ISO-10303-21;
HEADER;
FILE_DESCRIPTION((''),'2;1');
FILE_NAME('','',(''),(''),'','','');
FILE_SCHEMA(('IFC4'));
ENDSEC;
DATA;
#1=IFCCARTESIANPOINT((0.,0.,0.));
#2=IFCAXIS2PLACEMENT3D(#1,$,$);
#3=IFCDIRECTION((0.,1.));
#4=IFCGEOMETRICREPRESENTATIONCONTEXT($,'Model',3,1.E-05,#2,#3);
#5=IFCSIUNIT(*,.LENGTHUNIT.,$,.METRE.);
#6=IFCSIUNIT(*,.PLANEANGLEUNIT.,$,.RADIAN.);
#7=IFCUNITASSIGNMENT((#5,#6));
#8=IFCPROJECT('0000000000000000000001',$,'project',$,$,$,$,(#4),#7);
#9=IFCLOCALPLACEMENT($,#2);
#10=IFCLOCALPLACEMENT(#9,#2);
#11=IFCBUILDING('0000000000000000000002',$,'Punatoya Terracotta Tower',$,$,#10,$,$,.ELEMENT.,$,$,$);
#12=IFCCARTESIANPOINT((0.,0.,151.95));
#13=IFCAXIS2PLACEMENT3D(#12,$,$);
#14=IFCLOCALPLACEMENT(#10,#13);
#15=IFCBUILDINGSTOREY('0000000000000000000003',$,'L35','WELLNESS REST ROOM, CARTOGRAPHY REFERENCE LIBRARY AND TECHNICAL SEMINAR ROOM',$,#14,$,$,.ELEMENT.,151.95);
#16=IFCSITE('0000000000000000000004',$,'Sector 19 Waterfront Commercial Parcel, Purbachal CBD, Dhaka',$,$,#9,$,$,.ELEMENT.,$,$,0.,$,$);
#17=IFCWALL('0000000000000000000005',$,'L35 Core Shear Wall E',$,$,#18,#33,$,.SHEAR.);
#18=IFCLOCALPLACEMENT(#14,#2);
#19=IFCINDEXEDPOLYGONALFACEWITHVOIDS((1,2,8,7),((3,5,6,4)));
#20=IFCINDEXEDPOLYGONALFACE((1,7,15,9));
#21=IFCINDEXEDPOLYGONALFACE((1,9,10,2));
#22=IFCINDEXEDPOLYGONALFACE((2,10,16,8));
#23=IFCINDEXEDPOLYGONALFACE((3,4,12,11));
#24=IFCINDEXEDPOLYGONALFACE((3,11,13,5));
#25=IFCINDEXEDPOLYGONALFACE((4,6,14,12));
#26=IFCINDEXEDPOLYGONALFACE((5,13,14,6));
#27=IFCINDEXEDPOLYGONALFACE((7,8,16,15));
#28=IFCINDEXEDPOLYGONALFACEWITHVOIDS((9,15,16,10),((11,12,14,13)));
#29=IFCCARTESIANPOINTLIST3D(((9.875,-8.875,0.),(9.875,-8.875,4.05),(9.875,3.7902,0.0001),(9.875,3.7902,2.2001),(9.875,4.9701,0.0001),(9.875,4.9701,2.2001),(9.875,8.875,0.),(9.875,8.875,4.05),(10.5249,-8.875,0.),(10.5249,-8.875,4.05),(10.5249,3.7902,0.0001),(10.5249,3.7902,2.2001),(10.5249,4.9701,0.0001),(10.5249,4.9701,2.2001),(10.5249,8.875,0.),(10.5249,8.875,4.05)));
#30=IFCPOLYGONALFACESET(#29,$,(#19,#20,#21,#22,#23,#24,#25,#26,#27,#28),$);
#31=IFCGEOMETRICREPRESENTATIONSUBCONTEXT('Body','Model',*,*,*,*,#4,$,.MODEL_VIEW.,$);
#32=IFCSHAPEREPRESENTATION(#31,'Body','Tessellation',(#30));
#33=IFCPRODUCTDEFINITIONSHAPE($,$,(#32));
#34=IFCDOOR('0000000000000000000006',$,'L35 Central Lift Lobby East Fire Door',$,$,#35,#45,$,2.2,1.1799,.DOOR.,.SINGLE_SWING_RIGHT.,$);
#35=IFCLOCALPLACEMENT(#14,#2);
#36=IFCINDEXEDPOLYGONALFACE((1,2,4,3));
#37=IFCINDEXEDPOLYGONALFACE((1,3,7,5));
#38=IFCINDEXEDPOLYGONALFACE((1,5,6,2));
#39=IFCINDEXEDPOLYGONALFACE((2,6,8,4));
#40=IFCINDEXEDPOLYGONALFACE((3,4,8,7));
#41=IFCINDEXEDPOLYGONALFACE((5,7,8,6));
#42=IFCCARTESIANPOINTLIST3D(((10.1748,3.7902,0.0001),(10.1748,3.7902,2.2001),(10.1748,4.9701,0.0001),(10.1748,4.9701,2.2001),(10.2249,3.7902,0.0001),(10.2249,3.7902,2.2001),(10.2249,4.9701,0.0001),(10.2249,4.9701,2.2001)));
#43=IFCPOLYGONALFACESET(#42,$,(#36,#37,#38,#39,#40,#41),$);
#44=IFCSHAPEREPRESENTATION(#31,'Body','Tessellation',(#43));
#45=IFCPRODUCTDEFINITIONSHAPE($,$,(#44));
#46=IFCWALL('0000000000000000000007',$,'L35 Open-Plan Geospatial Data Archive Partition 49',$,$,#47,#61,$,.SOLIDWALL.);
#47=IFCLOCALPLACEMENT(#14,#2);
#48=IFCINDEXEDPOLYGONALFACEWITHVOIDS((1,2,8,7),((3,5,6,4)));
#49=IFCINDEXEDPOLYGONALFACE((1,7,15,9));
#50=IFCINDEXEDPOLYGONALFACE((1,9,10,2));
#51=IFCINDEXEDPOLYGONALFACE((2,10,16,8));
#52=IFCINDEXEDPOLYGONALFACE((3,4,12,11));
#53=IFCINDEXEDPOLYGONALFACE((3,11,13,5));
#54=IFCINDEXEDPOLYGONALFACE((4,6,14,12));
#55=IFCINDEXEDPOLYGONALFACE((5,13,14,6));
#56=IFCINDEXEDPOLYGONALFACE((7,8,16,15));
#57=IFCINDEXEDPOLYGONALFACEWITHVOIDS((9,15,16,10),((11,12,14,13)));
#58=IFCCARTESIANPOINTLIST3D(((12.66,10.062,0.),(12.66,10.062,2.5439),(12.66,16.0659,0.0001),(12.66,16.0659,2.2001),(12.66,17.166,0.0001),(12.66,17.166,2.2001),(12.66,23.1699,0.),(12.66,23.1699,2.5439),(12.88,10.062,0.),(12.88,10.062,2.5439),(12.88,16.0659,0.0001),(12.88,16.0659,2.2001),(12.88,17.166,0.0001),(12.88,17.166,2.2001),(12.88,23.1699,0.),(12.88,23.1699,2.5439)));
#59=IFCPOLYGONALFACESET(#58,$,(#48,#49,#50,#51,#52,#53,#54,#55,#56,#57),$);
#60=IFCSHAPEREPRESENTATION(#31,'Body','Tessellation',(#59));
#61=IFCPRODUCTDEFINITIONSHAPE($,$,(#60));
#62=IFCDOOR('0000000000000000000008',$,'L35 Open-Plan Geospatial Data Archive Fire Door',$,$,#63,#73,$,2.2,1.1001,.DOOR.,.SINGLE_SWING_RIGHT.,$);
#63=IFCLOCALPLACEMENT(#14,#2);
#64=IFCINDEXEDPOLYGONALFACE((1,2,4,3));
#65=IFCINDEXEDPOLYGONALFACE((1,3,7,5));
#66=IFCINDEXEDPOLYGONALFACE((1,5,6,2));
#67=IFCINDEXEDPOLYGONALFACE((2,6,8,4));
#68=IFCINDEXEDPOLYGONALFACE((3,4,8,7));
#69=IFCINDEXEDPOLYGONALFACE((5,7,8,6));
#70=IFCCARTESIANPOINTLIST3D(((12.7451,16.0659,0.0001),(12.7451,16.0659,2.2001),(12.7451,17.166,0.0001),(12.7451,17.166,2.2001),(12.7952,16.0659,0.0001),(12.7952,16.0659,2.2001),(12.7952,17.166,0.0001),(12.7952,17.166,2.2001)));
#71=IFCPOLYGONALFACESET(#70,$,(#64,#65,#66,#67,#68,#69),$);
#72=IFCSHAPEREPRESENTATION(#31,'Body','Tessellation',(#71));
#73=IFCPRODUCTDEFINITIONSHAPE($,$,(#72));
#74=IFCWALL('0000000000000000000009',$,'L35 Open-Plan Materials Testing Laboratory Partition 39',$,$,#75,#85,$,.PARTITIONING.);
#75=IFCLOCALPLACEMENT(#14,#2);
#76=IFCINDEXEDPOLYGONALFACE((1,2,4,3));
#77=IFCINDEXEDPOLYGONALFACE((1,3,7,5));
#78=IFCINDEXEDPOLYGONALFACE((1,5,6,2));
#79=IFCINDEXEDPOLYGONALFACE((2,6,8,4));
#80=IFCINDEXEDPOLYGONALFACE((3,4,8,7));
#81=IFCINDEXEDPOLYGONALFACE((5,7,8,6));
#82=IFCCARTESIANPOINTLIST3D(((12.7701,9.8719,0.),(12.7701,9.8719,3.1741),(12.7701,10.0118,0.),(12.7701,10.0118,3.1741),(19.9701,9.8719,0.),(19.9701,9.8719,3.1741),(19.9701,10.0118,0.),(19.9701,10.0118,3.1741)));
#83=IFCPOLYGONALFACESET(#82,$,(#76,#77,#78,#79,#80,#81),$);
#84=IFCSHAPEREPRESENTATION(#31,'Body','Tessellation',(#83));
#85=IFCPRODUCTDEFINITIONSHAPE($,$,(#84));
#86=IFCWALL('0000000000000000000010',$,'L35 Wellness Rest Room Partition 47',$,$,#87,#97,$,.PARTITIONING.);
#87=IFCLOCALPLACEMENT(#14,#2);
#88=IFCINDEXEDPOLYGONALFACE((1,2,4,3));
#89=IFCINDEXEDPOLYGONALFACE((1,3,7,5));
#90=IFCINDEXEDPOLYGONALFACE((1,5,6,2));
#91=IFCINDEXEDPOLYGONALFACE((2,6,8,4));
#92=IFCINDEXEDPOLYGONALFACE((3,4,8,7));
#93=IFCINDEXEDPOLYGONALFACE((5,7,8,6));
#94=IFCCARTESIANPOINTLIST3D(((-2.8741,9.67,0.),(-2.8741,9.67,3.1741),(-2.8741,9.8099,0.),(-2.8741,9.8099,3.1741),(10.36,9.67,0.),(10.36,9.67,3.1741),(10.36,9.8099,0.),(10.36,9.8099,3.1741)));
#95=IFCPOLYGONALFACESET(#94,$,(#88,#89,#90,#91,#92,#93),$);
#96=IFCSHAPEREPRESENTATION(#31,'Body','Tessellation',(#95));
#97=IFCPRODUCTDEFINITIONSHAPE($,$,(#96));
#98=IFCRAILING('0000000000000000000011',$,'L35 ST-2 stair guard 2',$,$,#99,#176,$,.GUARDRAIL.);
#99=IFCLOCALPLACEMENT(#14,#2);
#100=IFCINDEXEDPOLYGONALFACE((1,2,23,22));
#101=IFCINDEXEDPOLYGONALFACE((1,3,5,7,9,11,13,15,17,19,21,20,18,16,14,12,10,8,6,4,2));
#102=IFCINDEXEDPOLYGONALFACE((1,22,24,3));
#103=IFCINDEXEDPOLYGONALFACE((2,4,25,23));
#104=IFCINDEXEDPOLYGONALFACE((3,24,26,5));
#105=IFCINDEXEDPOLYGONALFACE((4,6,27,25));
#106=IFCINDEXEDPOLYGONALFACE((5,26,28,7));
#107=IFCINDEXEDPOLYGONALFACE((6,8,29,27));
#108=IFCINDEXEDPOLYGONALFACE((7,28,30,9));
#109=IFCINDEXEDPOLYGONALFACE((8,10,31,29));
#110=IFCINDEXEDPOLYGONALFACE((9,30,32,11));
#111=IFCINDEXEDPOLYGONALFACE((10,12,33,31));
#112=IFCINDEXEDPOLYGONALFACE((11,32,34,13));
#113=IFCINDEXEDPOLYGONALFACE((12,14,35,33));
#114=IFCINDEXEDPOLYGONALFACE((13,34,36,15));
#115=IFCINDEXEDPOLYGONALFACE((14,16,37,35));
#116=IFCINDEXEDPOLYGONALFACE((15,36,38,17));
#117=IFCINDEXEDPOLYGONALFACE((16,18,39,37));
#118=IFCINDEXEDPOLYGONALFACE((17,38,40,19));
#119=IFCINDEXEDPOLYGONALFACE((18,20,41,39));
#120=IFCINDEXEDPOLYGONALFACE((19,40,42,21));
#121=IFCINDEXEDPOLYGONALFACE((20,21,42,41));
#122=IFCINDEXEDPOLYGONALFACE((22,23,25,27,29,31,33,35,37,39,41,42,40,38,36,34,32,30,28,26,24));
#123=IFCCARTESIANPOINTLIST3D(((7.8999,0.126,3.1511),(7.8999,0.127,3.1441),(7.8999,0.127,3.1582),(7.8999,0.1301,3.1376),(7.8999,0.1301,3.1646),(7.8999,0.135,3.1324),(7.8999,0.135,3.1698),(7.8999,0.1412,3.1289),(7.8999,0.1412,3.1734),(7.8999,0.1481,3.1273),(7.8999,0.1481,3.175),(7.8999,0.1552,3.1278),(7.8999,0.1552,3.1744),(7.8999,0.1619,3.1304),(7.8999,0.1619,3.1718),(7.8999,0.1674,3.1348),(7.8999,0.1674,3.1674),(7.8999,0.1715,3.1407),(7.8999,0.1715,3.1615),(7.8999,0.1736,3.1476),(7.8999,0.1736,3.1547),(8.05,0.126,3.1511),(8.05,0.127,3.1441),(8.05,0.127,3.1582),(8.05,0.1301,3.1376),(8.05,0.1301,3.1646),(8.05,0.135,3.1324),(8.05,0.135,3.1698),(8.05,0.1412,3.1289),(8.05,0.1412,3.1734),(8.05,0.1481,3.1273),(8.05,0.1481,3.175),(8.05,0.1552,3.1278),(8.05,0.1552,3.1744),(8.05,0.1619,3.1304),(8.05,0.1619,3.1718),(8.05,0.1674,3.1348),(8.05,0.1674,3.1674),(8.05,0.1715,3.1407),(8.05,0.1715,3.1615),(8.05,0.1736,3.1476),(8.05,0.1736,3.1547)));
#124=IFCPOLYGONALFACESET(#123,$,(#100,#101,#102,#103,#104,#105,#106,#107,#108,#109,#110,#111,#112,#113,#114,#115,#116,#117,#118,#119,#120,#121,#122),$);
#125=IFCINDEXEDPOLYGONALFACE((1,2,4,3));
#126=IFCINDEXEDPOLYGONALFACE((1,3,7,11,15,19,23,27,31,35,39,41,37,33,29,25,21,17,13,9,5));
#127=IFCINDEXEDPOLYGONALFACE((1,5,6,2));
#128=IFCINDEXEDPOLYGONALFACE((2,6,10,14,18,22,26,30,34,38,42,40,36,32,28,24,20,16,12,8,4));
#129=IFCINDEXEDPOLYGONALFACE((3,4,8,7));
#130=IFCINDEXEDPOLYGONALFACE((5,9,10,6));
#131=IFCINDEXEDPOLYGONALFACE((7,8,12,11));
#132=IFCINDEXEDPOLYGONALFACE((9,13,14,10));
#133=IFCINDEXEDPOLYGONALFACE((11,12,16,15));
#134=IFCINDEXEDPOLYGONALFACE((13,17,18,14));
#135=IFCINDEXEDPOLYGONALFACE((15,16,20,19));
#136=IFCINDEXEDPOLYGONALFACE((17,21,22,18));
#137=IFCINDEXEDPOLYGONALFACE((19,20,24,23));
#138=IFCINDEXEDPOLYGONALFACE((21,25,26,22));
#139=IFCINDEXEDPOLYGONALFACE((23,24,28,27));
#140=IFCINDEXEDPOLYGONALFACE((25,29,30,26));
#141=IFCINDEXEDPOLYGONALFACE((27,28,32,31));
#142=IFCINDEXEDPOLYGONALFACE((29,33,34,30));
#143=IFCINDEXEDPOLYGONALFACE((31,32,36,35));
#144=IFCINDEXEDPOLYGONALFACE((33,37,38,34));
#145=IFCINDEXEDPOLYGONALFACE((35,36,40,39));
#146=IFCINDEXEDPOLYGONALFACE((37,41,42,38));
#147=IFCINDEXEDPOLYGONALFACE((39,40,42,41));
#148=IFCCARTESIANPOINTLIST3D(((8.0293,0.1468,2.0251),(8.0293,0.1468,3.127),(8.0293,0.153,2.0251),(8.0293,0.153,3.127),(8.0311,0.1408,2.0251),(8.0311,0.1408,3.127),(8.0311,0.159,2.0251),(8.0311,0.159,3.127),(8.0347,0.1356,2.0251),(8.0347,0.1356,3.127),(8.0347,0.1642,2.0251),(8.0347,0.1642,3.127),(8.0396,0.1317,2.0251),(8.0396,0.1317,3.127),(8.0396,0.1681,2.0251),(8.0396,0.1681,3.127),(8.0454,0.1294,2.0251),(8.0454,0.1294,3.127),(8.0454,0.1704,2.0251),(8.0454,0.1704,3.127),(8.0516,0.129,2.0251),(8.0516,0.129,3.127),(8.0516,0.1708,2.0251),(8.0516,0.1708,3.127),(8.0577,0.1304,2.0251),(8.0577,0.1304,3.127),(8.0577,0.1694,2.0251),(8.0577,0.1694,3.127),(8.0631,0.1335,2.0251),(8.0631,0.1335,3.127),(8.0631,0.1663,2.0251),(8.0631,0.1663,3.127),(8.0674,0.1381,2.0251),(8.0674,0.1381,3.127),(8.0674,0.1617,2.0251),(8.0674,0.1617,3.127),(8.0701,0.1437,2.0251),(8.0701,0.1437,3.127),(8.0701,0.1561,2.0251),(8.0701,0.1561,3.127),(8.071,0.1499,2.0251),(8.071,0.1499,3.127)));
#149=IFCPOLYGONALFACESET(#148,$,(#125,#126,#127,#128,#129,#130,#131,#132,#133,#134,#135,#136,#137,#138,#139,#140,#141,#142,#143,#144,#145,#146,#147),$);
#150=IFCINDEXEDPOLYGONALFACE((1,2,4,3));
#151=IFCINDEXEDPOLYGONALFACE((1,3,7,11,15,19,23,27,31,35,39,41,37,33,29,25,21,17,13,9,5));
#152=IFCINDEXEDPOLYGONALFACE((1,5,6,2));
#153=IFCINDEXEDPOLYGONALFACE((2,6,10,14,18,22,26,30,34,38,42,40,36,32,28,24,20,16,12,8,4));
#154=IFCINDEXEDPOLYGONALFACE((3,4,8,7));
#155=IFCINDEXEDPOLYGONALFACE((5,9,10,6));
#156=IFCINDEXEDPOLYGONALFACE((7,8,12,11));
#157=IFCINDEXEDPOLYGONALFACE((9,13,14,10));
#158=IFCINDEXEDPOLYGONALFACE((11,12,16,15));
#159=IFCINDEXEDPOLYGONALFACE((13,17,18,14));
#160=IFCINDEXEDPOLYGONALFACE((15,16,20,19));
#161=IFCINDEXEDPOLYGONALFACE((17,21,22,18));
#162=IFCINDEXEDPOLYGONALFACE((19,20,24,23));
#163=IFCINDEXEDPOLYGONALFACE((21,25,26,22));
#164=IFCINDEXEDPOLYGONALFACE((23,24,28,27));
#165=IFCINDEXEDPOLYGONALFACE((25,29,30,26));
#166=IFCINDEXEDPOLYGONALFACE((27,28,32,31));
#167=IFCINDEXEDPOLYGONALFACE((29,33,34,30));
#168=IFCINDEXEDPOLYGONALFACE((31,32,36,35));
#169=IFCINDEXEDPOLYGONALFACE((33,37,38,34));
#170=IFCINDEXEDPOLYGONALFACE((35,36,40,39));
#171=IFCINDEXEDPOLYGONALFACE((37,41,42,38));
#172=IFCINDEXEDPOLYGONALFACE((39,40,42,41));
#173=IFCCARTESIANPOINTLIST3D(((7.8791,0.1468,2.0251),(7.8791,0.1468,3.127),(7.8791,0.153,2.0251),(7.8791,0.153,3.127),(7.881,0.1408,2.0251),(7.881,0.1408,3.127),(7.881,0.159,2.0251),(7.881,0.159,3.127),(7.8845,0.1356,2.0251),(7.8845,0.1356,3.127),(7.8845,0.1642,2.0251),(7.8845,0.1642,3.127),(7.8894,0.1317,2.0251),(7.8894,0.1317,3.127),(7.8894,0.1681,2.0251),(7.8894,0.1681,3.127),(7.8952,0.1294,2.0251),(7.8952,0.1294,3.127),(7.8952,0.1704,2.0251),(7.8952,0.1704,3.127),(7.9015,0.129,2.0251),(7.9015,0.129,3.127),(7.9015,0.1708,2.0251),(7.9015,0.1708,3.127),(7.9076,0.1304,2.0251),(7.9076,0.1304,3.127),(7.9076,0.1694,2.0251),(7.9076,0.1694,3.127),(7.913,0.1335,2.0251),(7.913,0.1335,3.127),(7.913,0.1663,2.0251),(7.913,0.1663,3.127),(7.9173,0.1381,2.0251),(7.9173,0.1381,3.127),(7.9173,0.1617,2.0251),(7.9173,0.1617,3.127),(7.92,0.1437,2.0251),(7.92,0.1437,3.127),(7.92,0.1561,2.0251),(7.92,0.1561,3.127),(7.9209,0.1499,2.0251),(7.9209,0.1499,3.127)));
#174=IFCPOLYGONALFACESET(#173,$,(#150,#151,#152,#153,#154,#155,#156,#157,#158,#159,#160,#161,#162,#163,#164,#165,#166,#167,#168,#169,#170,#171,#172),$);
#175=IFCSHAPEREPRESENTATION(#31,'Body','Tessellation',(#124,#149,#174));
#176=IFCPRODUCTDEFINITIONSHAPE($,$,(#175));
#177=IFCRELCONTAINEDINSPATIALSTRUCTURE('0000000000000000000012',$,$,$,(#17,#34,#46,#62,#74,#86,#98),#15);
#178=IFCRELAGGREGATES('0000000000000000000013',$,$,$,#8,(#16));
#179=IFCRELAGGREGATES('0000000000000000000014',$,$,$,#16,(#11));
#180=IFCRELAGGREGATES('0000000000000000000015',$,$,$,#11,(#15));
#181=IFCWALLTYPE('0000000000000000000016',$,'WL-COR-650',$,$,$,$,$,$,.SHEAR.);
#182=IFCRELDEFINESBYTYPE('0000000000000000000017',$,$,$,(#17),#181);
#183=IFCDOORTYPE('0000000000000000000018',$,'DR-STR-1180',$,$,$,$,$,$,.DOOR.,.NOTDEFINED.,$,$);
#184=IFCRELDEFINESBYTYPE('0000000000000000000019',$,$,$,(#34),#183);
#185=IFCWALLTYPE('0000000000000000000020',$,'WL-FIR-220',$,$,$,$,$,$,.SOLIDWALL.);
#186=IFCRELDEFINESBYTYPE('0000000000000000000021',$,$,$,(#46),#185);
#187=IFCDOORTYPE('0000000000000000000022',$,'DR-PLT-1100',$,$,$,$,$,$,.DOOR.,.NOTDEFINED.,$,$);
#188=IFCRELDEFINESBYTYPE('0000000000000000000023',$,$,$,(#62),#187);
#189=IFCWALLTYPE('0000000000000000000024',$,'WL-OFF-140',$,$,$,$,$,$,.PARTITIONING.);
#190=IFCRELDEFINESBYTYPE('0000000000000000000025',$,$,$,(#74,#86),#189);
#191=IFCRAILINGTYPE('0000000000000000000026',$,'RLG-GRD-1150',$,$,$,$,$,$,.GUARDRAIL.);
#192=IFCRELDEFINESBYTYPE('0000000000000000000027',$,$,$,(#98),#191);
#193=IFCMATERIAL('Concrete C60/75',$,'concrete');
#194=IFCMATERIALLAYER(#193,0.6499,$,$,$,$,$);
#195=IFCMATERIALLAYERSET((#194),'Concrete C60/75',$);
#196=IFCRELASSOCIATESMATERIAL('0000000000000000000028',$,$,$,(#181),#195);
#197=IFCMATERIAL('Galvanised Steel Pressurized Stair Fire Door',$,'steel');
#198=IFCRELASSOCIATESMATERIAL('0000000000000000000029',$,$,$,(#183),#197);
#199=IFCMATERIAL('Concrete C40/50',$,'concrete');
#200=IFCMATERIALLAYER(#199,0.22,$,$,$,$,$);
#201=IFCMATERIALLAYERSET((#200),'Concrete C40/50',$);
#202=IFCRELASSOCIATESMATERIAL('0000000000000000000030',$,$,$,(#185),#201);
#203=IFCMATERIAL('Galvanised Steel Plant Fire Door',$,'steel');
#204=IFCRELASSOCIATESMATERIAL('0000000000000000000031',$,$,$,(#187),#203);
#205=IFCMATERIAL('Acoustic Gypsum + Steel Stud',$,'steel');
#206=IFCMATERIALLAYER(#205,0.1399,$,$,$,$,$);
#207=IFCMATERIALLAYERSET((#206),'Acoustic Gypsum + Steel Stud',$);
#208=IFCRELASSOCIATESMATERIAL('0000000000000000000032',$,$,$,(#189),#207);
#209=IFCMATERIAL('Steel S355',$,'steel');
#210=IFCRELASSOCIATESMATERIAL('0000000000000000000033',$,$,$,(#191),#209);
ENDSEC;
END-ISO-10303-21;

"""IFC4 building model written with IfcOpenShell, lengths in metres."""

from ifc_helpers import new_model, si_unit, direction, frame, frame_2d, origin, origin_2d, place, context, subcontext, project, spatial, rectangle, circle, extrude, material, layer, layer_set, type_object, element, fill, save


model = new_model("IFC4")

# Units and contexts
model_context = context("Model", 3, precision=1e-05, world=origin(), true_north=direction((0.0, 1.0)))
body_context = subcontext(model_context, "Body", "Model", "MODEL_VIEW")
ifc_project = project(units=[si_unit("LENGTHUNIT", "METRE"), si_unit("PLANEANGLEUNIT", "RADIAN")], contexts=[model_context])

# Site, building, storey
site_placement = place(None, origin())
site = spatial("IfcSite", under=ifc_project, at=site_placement, Name="Sector 19 Waterfront Commercial Parcel, Purbachal CBD, Dhaka", CompositionType="ELEMENT", RefElevation=0.0)
building_placement = place(site_placement, origin())
building = spatial("IfcBuilding", under=site, at=building_placement, Name="Punatoya Terracotta Tower", CompositionType="ELEMENT")
storey_placement = place(building_placement, frame((0.0, 0.0, 151.95)))
storey = spatial("IfcBuildingStorey", under=building, at=storey_placement, Name="L35", Description="WELLNESS REST ROOM, CARTOGRAPHY REFERENCE LIBRARY AND TECHNICAL SEMINAR ROOM", CompositionType="ELEMENT", Elevation=151.95)

# Shared definitions
ifc_material_1 = material(Name="Steel S355", Category="steel")

# Walls, openings, doors
ifc_material_2 = material(Name="Concrete C60/75", Category="concrete")
ifc_layer_1 = layer(ifc_material_2, 0.6499)
ifc_layer_set_1 = layer_set([ifc_layer_1], Name="Concrete C60/75")
wall_type_1 = type_object("IfcWallType", Name="WL-COR-650", PredefinedType="SHEAR", material=ifc_layer_set_1)
wall_1_placement = place(storey_placement, frame((10.2, 8.875, 0.0), z_axis=(0.0, 0.0, 1.0), x_axis=(0.0, -1.0, 0.0)))
wall_1 = element("IfcWall", 1, at=wall_1_placement, inside=storey, type_object=wall_type_1, Name="L35 Core Shear Wall E", PredefinedType="SHEAR", context=body_context, shape_type="SweptSolid", body=[
    extrude(rectangle(XDim=17.75, YDim=0.6499, at=frame_2d((8.875, 0.0))), origin(), (0.0, 0.0, 1.0), 4.05),
])
opening_1_placement = place(wall_1_placement, frame((3.905, 0.0, 0.0)))
opening_1 = element("IfcOpeningElement", 2, at=opening_1_placement, cuts=wall_1, PredefinedType="OPENING", context=body_context, shape_type="SweptSolid", body=[
    extrude(rectangle(XDim=1.1799, YDim=2.2, at=frame_2d((0.5898, 1.1001))), frame((0.0, 0.335, 0.0), z_axis=(0.0, -1.0, 0.0), x_axis=(1.0, 0.0, 0.0)), (0.0, 0.0, 1.0), 0.6699),
])
ifc_material_3 = material(Name="Galvanised Steel Pressurized Stair Fire Door", Category="steel")
door_type_1 = type_object("IfcDoorType", Name="DR-STR-1180", OperationType="NOTDEFINED", PredefinedType="DOOR", material=ifc_material_3)
door_1_placement = place(opening_1_placement, origin())
door_1 = element("IfcDoor", 3, at=door_1_placement, inside=storey, type_object=door_type_1, Name="L35 Central Lift Lobby East Fire Door", OperationType="SINGLE_SWING_RIGHT", OverallHeight=2.2, OverallWidth=1.1799, PredefinedType="DOOR", context=body_context, shape_type="SweptSolid", body=[
    extrude(rectangle(XDim=1.1799, YDim=2.2, at=frame_2d((0.5898, 1.1001))), frame((0.0, 0.0249, 0.0), z_axis=(0.0, -1.0, 0.0), x_axis=(1.0, 0.0, 0.0)), (0.0, 0.0, 1.0), 0.05),
])
fill(opening_1, door_1)
ifc_material_4 = material(Name="Concrete C40/50", Category="concrete")
ifc_layer_2 = layer(ifc_material_4, 0.22)
ifc_layer_set_2 = layer_set([ifc_layer_2], Name="Concrete C40/50")
wall_type_2 = type_object("IfcWallType", Name="WL-FIR-220", PredefinedType="SOLIDWALL", material=ifc_layer_set_2)
wall_2_placement = place(storey_placement, frame((12.77, 10.062, 0.0), z_axis=(0.0, 0.0, 1.0), x_axis=(0.0, 1.0, 0.0)))
wall_2 = element("IfcWall", 4, at=wall_2_placement, inside=storey, type_object=wall_type_2, Name="L35 Open-Plan Geospatial Data Archive Partition 49", PredefinedType="SOLIDWALL", context=body_context, shape_type="SweptSolid", body=[
    extrude(rectangle(XDim=13.1079, YDim=0.22, at=frame_2d((6.554, 0.0))), origin(), (0.0, 0.0, 1.0), 2.5439),
])
opening_2_placement = place(wall_2_placement, frame((6.0039, 0.0, 0.0)))
opening_2 = element("IfcOpeningElement", 5, at=opening_2_placement, cuts=wall_2, PredefinedType="OPENING", context=body_context, shape_type="SweptSolid", body=[
    extrude(rectangle(XDim=1.1001, YDim=2.2, at=frame_2d((0.55, 1.1001))), frame((0.0, 0.1199, 0.0), z_axis=(0.0, -1.0, 0.0), x_axis=(1.0, 0.0, 0.0)), (0.0, 0.0, 1.0), 0.24),
])
ifc_material_5 = material(Name="Galvanised Steel Plant Fire Door", Category="steel")
door_type_2 = type_object("IfcDoorType", Name="DR-PLT-1100", OperationType="NOTDEFINED", PredefinedType="DOOR", material=ifc_material_5)
door_2_placement = place(opening_2_placement, origin())
door_2 = element("IfcDoor", 6, at=door_2_placement, inside=storey, type_object=door_type_2, Name="L35 Open-Plan Geospatial Data Archive Fire Door", OperationType="SINGLE_SWING_RIGHT", OverallHeight=2.2, OverallWidth=1.1001, PredefinedType="DOOR", context=body_context, shape_type="SweptSolid", body=[
    extrude(rectangle(XDim=1.1001, YDim=2.2, at=frame_2d((0.55, 1.1001))), frame((0.0, 0.0249, 0.0), z_axis=(0.0, -1.0, 0.0), x_axis=(1.0, 0.0, 0.0)), (0.0, 0.0, 1.0), 0.05),
])
fill(opening_2, door_2)

# Walls
ifc_material_6 = material(Name="Acoustic Gypsum + Steel Stud", Category="steel")
ifc_layer_3 = layer(ifc_material_6, 0.1399)
ifc_layer_set_3 = layer_set([ifc_layer_3], Name="Acoustic Gypsum + Steel Stud")
wall_type_3 = type_object("IfcWallType", Name="WL-OFF-140", PredefinedType="PARTITIONING", material=ifc_layer_set_3)
wall_3_placement = place(storey_placement, frame((12.77, 9.9419, 0.0), z_axis=(0.0, 0.0, 1.0), x_axis=(1.0, 0.0, 0.0)))
element("IfcWall", 7, at=wall_3_placement, inside=storey, type_object=wall_type_3, Name="L35 Open-Plan Materials Testing Laboratory Partition 39", PredefinedType="PARTITIONING", context=body_context, shape_type="SweptSolid", body=[
    extrude(rectangle(XDim=7.2, YDim=0.1399, at=frame_2d((3.6001, 0.0))), origin(), (0.0, 0.0, 1.0), 3.1741),
])
wall_4_placement = place(storey_placement, frame((10.3601, 9.74, 0.0), z_axis=(0.0, 0.0, 1.0), x_axis=(-1.0, 0.0, 0.0)))
element("IfcWall", 8, at=wall_4_placement, inside=storey, type_object=wall_type_3, Name="L35 Wellness Rest Room Partition 47", PredefinedType="PARTITIONING", context=body_context, shape_type="SweptSolid", body=[
    extrude(rectangle(XDim=13.2341, YDim=0.1399, at=frame_2d((6.6172, 0.0))), origin(), (0.0, 0.0, 1.0), 3.1741),
])

# Railing
railing_type = type_object("IfcRailingType", Name="RLG-GRD-1150", PredefinedType="GUARDRAIL", material=ifc_material_1)
railing_1_placement = place(storey_placement, frame((8.05, 0.1499, 2.0251)))
element("IfcRailing", 9, at=railing_1_placement, inside=storey, type_object=railing_type, Name="L35 ST-2 stair guard 2", PredefinedType="GUARDRAIL", context=body_context, shape_type="SweptSolid", body=[
    extrude(circle(Radius=0.0239, at=origin_2d()), frame((0.0, 0.0, 1.126), z_axis=(-1.0, 0.0, 0.0), x_axis=(0.0, -1.0, 0.0)), (0.0, 0.0, 1.0), 0.1501),
    extrude(circle(Radius=0.021, at=origin_2d()), origin(), (0.0, 0.0, 1.0), 1.1018),
    extrude(circle(Radius=0.021, at=origin_2d()), frame((-0.1501, 0.0, 0.0)), (0.0, 0.0, 1.0), 1.1018),
])

save(model, "model.ifc")
